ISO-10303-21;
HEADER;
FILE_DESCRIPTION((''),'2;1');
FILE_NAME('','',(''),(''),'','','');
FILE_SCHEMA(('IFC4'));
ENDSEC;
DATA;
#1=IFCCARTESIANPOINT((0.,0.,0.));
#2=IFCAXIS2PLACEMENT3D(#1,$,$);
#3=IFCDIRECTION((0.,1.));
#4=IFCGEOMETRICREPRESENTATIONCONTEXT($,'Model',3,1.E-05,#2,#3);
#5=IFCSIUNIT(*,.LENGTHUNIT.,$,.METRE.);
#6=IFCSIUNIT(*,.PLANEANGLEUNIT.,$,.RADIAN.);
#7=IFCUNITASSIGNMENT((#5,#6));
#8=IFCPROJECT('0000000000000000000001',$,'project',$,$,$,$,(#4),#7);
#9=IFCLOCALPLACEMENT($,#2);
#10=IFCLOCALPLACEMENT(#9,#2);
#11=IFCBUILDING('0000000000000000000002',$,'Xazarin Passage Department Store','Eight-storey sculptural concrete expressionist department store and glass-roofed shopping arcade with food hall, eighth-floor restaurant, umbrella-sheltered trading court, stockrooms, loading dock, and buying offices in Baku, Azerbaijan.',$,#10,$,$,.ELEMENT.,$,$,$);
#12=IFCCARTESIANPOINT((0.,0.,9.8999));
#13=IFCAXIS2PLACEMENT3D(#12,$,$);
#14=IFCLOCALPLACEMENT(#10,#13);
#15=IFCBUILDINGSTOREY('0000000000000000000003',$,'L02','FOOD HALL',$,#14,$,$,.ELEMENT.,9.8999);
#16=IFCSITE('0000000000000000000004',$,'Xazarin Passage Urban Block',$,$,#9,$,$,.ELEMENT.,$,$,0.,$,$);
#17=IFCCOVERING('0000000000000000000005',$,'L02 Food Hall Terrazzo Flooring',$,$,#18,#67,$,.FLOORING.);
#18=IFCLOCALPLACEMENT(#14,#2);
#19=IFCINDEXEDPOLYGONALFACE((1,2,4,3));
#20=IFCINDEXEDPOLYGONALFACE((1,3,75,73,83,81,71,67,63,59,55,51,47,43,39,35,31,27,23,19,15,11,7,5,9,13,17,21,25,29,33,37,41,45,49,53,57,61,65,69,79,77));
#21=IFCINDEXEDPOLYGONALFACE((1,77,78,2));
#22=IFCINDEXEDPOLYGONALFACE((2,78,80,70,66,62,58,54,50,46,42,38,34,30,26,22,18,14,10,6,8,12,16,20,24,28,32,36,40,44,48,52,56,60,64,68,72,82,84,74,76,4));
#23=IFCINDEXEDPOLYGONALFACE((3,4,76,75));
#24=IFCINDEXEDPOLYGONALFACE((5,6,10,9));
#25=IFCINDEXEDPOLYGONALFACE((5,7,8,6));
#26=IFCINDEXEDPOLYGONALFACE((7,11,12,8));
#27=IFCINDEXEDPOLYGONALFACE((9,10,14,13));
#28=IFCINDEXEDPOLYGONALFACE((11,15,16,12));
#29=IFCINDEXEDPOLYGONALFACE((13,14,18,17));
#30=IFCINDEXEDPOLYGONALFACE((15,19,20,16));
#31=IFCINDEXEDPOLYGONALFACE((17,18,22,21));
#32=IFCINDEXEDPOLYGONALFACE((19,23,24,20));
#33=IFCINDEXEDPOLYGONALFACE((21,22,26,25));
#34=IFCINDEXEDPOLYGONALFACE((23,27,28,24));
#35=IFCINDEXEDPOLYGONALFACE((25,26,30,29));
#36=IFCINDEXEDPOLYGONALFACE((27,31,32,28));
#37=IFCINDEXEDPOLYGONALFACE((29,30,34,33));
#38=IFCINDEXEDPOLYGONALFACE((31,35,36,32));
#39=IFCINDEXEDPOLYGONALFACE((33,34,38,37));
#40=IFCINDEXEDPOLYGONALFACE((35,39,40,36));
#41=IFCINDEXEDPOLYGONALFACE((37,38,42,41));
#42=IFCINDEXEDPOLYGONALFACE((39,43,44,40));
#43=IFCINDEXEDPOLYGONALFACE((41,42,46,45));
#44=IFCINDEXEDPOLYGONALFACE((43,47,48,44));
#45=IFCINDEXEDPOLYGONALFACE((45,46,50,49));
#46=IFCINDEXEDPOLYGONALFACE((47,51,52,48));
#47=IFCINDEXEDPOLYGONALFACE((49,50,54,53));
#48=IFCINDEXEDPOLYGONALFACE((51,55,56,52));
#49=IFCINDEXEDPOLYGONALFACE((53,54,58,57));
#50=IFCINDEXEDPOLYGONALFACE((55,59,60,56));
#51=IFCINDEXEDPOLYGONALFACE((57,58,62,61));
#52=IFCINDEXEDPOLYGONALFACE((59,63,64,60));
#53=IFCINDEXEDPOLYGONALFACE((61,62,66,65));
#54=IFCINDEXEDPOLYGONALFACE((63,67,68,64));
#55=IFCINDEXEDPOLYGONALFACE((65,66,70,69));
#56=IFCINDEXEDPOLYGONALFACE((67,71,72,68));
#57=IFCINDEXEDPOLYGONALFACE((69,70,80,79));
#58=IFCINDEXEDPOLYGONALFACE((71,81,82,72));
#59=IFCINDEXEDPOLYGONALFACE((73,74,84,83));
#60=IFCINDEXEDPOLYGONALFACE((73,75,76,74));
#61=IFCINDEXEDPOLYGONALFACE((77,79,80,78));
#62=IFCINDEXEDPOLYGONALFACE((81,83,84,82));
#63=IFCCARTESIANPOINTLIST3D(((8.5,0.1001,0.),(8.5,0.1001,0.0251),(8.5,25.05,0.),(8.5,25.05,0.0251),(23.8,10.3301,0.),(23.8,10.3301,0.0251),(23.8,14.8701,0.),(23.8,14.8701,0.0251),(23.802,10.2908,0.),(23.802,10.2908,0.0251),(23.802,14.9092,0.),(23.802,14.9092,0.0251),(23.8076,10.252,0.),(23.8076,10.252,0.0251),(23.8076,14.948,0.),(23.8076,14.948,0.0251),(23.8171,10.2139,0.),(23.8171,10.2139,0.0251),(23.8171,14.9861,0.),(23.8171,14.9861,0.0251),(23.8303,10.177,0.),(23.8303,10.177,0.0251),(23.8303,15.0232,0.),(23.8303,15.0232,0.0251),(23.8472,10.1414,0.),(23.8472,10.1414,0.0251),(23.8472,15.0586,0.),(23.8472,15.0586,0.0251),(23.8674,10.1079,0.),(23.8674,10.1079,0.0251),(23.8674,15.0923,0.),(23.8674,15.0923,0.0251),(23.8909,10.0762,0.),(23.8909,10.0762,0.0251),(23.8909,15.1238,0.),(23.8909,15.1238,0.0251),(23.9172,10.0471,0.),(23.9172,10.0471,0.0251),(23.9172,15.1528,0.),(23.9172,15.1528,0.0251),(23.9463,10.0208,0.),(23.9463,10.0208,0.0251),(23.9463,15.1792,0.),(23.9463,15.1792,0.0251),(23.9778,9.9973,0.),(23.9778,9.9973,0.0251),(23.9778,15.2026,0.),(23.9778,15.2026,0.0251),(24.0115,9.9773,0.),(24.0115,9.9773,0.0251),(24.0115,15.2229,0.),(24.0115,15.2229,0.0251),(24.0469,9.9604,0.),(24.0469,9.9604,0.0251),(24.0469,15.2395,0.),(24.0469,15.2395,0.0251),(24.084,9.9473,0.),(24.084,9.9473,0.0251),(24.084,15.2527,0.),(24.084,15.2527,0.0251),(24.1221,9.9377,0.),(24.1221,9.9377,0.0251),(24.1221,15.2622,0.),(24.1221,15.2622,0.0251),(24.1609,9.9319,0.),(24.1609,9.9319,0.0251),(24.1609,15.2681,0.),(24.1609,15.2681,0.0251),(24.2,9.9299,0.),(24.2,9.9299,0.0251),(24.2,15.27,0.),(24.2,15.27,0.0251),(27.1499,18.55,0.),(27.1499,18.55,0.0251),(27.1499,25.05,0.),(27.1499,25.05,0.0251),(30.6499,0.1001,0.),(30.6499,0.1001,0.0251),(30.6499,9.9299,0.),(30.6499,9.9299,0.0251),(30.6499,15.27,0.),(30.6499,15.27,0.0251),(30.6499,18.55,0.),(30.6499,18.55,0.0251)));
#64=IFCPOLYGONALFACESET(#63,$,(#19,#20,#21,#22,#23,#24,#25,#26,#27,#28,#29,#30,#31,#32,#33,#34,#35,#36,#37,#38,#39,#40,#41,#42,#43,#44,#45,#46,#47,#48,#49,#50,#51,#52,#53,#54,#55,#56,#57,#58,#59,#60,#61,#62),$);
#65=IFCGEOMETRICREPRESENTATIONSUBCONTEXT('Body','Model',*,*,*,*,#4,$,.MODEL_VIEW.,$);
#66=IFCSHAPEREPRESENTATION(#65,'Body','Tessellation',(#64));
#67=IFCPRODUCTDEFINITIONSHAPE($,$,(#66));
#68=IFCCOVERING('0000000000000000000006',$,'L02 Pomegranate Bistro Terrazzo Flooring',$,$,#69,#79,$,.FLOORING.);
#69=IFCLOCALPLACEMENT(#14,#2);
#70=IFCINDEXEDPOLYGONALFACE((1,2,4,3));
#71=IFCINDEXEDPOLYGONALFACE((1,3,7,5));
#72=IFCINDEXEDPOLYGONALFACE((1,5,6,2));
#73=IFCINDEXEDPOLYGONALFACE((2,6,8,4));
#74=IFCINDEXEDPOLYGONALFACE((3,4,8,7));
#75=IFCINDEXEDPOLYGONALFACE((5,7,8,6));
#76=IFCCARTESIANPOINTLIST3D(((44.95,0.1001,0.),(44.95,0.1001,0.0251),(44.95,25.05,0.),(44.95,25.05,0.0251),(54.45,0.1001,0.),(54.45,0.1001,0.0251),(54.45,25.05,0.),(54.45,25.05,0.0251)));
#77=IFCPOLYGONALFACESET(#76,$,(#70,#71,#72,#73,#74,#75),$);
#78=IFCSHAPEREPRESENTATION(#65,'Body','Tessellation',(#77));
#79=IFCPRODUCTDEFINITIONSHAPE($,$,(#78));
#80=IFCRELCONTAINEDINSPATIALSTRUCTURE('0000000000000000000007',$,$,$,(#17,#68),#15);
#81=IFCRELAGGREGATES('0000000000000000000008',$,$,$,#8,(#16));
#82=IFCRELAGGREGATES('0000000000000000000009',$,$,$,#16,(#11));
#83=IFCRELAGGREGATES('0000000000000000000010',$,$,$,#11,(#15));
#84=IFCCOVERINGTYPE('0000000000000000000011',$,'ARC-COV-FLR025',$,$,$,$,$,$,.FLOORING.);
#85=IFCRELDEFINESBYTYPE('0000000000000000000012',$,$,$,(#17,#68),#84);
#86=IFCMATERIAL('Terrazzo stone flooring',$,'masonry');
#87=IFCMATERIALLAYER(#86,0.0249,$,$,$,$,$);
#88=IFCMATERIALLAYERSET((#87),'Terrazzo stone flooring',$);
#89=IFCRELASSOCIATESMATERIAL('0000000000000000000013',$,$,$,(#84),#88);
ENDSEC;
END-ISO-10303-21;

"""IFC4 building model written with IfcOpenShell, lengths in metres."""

from ifc_helpers import new_model, si_unit, direction, frame, origin, place, context, subcontext, project, spatial, polyline, outline, extrude, material, layer, layer_set, type_object, element, save


model = new_model("IFC4")

# Units and contexts
model_context = context("Model", 3, precision=1e-05, world=origin(), true_north=direction((0.0, 1.0)))
body_context = subcontext(model_context, "Body", "Model", "MODEL_VIEW")
ifc_project = project(units=[si_unit("LENGTHUNIT", "METRE"), si_unit("PLANEANGLEUNIT", "RADIAN")], contexts=[model_context])

# Site, building, storey
site_placement = place(None, origin())
site = spatial("IfcSite", under=ifc_project, at=site_placement, Name="Xazarin Passage Urban Block", CompositionType="ELEMENT", RefElevation=0.0)
building_placement = place(site_placement, origin())
building = spatial("IfcBuilding", under=site, at=building_placement, Name="Xazarin Passage Department Store", Description="Eight-storey sculptural concrete expressionist department store and glass-roofed shopping arcade with food hall, eighth-floor restaurant, umbrella-sheltered trading court, stockrooms, loading dock, and buying offices in Baku, Azerbaijan.", CompositionType="ELEMENT")
storey_placement = place(building_placement, frame((0.0, 0.0, 9.8999)))
storey = spatial("IfcBuildingStorey", under=building, at=storey_placement, Name="L02", Description="FOOD HALL", CompositionType="ELEMENT", Elevation=9.8999)

# Coverings
ifc_material_1 = material(Name="Terrazzo stone flooring", Category="masonry")
ifc_layer_1 = layer(ifc_material_1, 0.0249)
ifc_layer_set_1 = layer_set([ifc_layer_1], Name="Terrazzo stone flooring")
covering_type_1 = type_object("IfcCoveringType", Name="ARC-COV-FLR025", PredefinedType="FLOORING", material=ifc_layer_set_1)
covering_1_placement = place(storey_placement, origin())
element("IfcCovering", 1, at=covering_1_placement, inside=storey, type_object=covering_type_1, Name="L02 Food Hall Terrazzo Flooring", PredefinedType="FLOORING", context=body_context, shape_type="SweptSolid", body=[
    extrude(outline(polyline([(30.6499, 9.9299), (24.2, 9.9299), (24.1609, 9.9319), (24.1221, 9.9377), (24.084, 9.9473), (24.0469, 9.9604), (24.0115, 9.9773), (23.9778, 9.9973), (23.9463, 10.0208), (23.9172, 10.0471), (23.8909, 10.0762), (23.8674, 10.1079), (23.8472, 10.1414), (23.8303, 10.177), (23.8171, 10.2139), (23.8076, 10.252), (23.802, 10.2908), (23.8, 10.3301), (23.8, 14.8701), (23.802, 14.9092), (23.8076, 14.948), (23.8171, 14.9861), (23.8303, 15.0232), (23.8472, 15.0586), (23.8674, 15.0923), (23.8909, 15.1238), (23.9172, 15.1528), (23.9463, 15.1792), (23.9778, 15.2026), (24.0115, 15.2229), (24.0469, 15.2395), (24.084, 15.2527), (24.1221, 15.2622), (24.1609, 15.2681), (24.2, 15.27), (30.6499, 15.27), (30.6499, 18.55), (27.1499, 18.55), (27.1499, 25.05), (8.5, 25.05), (8.5, 0.1001), (30.6499, 0.1001), (30.6499, 9.9299)])), origin(), (0.0, 0.0, 1.0), 0.0251),
])
covering_2_placement = place(storey_placement, origin())
element("IfcCovering", 2, at=covering_2_placement, inside=storey, type_object=covering_type_1, Name="L02 Pomegranate Bistro Terrazzo Flooring", PredefinedType="FLOORING", context=body_context, shape_type="SweptSolid", body=[
    extrude(outline(polyline([(44.95, 0.1001), (54.45, 0.1001), (54.45, 25.05), (44.95, 25.05), (44.95, 0.1001)])), origin(), (0.0, 0.0, 1.0), 0.0251),
])

save(model, "model.ifc")
